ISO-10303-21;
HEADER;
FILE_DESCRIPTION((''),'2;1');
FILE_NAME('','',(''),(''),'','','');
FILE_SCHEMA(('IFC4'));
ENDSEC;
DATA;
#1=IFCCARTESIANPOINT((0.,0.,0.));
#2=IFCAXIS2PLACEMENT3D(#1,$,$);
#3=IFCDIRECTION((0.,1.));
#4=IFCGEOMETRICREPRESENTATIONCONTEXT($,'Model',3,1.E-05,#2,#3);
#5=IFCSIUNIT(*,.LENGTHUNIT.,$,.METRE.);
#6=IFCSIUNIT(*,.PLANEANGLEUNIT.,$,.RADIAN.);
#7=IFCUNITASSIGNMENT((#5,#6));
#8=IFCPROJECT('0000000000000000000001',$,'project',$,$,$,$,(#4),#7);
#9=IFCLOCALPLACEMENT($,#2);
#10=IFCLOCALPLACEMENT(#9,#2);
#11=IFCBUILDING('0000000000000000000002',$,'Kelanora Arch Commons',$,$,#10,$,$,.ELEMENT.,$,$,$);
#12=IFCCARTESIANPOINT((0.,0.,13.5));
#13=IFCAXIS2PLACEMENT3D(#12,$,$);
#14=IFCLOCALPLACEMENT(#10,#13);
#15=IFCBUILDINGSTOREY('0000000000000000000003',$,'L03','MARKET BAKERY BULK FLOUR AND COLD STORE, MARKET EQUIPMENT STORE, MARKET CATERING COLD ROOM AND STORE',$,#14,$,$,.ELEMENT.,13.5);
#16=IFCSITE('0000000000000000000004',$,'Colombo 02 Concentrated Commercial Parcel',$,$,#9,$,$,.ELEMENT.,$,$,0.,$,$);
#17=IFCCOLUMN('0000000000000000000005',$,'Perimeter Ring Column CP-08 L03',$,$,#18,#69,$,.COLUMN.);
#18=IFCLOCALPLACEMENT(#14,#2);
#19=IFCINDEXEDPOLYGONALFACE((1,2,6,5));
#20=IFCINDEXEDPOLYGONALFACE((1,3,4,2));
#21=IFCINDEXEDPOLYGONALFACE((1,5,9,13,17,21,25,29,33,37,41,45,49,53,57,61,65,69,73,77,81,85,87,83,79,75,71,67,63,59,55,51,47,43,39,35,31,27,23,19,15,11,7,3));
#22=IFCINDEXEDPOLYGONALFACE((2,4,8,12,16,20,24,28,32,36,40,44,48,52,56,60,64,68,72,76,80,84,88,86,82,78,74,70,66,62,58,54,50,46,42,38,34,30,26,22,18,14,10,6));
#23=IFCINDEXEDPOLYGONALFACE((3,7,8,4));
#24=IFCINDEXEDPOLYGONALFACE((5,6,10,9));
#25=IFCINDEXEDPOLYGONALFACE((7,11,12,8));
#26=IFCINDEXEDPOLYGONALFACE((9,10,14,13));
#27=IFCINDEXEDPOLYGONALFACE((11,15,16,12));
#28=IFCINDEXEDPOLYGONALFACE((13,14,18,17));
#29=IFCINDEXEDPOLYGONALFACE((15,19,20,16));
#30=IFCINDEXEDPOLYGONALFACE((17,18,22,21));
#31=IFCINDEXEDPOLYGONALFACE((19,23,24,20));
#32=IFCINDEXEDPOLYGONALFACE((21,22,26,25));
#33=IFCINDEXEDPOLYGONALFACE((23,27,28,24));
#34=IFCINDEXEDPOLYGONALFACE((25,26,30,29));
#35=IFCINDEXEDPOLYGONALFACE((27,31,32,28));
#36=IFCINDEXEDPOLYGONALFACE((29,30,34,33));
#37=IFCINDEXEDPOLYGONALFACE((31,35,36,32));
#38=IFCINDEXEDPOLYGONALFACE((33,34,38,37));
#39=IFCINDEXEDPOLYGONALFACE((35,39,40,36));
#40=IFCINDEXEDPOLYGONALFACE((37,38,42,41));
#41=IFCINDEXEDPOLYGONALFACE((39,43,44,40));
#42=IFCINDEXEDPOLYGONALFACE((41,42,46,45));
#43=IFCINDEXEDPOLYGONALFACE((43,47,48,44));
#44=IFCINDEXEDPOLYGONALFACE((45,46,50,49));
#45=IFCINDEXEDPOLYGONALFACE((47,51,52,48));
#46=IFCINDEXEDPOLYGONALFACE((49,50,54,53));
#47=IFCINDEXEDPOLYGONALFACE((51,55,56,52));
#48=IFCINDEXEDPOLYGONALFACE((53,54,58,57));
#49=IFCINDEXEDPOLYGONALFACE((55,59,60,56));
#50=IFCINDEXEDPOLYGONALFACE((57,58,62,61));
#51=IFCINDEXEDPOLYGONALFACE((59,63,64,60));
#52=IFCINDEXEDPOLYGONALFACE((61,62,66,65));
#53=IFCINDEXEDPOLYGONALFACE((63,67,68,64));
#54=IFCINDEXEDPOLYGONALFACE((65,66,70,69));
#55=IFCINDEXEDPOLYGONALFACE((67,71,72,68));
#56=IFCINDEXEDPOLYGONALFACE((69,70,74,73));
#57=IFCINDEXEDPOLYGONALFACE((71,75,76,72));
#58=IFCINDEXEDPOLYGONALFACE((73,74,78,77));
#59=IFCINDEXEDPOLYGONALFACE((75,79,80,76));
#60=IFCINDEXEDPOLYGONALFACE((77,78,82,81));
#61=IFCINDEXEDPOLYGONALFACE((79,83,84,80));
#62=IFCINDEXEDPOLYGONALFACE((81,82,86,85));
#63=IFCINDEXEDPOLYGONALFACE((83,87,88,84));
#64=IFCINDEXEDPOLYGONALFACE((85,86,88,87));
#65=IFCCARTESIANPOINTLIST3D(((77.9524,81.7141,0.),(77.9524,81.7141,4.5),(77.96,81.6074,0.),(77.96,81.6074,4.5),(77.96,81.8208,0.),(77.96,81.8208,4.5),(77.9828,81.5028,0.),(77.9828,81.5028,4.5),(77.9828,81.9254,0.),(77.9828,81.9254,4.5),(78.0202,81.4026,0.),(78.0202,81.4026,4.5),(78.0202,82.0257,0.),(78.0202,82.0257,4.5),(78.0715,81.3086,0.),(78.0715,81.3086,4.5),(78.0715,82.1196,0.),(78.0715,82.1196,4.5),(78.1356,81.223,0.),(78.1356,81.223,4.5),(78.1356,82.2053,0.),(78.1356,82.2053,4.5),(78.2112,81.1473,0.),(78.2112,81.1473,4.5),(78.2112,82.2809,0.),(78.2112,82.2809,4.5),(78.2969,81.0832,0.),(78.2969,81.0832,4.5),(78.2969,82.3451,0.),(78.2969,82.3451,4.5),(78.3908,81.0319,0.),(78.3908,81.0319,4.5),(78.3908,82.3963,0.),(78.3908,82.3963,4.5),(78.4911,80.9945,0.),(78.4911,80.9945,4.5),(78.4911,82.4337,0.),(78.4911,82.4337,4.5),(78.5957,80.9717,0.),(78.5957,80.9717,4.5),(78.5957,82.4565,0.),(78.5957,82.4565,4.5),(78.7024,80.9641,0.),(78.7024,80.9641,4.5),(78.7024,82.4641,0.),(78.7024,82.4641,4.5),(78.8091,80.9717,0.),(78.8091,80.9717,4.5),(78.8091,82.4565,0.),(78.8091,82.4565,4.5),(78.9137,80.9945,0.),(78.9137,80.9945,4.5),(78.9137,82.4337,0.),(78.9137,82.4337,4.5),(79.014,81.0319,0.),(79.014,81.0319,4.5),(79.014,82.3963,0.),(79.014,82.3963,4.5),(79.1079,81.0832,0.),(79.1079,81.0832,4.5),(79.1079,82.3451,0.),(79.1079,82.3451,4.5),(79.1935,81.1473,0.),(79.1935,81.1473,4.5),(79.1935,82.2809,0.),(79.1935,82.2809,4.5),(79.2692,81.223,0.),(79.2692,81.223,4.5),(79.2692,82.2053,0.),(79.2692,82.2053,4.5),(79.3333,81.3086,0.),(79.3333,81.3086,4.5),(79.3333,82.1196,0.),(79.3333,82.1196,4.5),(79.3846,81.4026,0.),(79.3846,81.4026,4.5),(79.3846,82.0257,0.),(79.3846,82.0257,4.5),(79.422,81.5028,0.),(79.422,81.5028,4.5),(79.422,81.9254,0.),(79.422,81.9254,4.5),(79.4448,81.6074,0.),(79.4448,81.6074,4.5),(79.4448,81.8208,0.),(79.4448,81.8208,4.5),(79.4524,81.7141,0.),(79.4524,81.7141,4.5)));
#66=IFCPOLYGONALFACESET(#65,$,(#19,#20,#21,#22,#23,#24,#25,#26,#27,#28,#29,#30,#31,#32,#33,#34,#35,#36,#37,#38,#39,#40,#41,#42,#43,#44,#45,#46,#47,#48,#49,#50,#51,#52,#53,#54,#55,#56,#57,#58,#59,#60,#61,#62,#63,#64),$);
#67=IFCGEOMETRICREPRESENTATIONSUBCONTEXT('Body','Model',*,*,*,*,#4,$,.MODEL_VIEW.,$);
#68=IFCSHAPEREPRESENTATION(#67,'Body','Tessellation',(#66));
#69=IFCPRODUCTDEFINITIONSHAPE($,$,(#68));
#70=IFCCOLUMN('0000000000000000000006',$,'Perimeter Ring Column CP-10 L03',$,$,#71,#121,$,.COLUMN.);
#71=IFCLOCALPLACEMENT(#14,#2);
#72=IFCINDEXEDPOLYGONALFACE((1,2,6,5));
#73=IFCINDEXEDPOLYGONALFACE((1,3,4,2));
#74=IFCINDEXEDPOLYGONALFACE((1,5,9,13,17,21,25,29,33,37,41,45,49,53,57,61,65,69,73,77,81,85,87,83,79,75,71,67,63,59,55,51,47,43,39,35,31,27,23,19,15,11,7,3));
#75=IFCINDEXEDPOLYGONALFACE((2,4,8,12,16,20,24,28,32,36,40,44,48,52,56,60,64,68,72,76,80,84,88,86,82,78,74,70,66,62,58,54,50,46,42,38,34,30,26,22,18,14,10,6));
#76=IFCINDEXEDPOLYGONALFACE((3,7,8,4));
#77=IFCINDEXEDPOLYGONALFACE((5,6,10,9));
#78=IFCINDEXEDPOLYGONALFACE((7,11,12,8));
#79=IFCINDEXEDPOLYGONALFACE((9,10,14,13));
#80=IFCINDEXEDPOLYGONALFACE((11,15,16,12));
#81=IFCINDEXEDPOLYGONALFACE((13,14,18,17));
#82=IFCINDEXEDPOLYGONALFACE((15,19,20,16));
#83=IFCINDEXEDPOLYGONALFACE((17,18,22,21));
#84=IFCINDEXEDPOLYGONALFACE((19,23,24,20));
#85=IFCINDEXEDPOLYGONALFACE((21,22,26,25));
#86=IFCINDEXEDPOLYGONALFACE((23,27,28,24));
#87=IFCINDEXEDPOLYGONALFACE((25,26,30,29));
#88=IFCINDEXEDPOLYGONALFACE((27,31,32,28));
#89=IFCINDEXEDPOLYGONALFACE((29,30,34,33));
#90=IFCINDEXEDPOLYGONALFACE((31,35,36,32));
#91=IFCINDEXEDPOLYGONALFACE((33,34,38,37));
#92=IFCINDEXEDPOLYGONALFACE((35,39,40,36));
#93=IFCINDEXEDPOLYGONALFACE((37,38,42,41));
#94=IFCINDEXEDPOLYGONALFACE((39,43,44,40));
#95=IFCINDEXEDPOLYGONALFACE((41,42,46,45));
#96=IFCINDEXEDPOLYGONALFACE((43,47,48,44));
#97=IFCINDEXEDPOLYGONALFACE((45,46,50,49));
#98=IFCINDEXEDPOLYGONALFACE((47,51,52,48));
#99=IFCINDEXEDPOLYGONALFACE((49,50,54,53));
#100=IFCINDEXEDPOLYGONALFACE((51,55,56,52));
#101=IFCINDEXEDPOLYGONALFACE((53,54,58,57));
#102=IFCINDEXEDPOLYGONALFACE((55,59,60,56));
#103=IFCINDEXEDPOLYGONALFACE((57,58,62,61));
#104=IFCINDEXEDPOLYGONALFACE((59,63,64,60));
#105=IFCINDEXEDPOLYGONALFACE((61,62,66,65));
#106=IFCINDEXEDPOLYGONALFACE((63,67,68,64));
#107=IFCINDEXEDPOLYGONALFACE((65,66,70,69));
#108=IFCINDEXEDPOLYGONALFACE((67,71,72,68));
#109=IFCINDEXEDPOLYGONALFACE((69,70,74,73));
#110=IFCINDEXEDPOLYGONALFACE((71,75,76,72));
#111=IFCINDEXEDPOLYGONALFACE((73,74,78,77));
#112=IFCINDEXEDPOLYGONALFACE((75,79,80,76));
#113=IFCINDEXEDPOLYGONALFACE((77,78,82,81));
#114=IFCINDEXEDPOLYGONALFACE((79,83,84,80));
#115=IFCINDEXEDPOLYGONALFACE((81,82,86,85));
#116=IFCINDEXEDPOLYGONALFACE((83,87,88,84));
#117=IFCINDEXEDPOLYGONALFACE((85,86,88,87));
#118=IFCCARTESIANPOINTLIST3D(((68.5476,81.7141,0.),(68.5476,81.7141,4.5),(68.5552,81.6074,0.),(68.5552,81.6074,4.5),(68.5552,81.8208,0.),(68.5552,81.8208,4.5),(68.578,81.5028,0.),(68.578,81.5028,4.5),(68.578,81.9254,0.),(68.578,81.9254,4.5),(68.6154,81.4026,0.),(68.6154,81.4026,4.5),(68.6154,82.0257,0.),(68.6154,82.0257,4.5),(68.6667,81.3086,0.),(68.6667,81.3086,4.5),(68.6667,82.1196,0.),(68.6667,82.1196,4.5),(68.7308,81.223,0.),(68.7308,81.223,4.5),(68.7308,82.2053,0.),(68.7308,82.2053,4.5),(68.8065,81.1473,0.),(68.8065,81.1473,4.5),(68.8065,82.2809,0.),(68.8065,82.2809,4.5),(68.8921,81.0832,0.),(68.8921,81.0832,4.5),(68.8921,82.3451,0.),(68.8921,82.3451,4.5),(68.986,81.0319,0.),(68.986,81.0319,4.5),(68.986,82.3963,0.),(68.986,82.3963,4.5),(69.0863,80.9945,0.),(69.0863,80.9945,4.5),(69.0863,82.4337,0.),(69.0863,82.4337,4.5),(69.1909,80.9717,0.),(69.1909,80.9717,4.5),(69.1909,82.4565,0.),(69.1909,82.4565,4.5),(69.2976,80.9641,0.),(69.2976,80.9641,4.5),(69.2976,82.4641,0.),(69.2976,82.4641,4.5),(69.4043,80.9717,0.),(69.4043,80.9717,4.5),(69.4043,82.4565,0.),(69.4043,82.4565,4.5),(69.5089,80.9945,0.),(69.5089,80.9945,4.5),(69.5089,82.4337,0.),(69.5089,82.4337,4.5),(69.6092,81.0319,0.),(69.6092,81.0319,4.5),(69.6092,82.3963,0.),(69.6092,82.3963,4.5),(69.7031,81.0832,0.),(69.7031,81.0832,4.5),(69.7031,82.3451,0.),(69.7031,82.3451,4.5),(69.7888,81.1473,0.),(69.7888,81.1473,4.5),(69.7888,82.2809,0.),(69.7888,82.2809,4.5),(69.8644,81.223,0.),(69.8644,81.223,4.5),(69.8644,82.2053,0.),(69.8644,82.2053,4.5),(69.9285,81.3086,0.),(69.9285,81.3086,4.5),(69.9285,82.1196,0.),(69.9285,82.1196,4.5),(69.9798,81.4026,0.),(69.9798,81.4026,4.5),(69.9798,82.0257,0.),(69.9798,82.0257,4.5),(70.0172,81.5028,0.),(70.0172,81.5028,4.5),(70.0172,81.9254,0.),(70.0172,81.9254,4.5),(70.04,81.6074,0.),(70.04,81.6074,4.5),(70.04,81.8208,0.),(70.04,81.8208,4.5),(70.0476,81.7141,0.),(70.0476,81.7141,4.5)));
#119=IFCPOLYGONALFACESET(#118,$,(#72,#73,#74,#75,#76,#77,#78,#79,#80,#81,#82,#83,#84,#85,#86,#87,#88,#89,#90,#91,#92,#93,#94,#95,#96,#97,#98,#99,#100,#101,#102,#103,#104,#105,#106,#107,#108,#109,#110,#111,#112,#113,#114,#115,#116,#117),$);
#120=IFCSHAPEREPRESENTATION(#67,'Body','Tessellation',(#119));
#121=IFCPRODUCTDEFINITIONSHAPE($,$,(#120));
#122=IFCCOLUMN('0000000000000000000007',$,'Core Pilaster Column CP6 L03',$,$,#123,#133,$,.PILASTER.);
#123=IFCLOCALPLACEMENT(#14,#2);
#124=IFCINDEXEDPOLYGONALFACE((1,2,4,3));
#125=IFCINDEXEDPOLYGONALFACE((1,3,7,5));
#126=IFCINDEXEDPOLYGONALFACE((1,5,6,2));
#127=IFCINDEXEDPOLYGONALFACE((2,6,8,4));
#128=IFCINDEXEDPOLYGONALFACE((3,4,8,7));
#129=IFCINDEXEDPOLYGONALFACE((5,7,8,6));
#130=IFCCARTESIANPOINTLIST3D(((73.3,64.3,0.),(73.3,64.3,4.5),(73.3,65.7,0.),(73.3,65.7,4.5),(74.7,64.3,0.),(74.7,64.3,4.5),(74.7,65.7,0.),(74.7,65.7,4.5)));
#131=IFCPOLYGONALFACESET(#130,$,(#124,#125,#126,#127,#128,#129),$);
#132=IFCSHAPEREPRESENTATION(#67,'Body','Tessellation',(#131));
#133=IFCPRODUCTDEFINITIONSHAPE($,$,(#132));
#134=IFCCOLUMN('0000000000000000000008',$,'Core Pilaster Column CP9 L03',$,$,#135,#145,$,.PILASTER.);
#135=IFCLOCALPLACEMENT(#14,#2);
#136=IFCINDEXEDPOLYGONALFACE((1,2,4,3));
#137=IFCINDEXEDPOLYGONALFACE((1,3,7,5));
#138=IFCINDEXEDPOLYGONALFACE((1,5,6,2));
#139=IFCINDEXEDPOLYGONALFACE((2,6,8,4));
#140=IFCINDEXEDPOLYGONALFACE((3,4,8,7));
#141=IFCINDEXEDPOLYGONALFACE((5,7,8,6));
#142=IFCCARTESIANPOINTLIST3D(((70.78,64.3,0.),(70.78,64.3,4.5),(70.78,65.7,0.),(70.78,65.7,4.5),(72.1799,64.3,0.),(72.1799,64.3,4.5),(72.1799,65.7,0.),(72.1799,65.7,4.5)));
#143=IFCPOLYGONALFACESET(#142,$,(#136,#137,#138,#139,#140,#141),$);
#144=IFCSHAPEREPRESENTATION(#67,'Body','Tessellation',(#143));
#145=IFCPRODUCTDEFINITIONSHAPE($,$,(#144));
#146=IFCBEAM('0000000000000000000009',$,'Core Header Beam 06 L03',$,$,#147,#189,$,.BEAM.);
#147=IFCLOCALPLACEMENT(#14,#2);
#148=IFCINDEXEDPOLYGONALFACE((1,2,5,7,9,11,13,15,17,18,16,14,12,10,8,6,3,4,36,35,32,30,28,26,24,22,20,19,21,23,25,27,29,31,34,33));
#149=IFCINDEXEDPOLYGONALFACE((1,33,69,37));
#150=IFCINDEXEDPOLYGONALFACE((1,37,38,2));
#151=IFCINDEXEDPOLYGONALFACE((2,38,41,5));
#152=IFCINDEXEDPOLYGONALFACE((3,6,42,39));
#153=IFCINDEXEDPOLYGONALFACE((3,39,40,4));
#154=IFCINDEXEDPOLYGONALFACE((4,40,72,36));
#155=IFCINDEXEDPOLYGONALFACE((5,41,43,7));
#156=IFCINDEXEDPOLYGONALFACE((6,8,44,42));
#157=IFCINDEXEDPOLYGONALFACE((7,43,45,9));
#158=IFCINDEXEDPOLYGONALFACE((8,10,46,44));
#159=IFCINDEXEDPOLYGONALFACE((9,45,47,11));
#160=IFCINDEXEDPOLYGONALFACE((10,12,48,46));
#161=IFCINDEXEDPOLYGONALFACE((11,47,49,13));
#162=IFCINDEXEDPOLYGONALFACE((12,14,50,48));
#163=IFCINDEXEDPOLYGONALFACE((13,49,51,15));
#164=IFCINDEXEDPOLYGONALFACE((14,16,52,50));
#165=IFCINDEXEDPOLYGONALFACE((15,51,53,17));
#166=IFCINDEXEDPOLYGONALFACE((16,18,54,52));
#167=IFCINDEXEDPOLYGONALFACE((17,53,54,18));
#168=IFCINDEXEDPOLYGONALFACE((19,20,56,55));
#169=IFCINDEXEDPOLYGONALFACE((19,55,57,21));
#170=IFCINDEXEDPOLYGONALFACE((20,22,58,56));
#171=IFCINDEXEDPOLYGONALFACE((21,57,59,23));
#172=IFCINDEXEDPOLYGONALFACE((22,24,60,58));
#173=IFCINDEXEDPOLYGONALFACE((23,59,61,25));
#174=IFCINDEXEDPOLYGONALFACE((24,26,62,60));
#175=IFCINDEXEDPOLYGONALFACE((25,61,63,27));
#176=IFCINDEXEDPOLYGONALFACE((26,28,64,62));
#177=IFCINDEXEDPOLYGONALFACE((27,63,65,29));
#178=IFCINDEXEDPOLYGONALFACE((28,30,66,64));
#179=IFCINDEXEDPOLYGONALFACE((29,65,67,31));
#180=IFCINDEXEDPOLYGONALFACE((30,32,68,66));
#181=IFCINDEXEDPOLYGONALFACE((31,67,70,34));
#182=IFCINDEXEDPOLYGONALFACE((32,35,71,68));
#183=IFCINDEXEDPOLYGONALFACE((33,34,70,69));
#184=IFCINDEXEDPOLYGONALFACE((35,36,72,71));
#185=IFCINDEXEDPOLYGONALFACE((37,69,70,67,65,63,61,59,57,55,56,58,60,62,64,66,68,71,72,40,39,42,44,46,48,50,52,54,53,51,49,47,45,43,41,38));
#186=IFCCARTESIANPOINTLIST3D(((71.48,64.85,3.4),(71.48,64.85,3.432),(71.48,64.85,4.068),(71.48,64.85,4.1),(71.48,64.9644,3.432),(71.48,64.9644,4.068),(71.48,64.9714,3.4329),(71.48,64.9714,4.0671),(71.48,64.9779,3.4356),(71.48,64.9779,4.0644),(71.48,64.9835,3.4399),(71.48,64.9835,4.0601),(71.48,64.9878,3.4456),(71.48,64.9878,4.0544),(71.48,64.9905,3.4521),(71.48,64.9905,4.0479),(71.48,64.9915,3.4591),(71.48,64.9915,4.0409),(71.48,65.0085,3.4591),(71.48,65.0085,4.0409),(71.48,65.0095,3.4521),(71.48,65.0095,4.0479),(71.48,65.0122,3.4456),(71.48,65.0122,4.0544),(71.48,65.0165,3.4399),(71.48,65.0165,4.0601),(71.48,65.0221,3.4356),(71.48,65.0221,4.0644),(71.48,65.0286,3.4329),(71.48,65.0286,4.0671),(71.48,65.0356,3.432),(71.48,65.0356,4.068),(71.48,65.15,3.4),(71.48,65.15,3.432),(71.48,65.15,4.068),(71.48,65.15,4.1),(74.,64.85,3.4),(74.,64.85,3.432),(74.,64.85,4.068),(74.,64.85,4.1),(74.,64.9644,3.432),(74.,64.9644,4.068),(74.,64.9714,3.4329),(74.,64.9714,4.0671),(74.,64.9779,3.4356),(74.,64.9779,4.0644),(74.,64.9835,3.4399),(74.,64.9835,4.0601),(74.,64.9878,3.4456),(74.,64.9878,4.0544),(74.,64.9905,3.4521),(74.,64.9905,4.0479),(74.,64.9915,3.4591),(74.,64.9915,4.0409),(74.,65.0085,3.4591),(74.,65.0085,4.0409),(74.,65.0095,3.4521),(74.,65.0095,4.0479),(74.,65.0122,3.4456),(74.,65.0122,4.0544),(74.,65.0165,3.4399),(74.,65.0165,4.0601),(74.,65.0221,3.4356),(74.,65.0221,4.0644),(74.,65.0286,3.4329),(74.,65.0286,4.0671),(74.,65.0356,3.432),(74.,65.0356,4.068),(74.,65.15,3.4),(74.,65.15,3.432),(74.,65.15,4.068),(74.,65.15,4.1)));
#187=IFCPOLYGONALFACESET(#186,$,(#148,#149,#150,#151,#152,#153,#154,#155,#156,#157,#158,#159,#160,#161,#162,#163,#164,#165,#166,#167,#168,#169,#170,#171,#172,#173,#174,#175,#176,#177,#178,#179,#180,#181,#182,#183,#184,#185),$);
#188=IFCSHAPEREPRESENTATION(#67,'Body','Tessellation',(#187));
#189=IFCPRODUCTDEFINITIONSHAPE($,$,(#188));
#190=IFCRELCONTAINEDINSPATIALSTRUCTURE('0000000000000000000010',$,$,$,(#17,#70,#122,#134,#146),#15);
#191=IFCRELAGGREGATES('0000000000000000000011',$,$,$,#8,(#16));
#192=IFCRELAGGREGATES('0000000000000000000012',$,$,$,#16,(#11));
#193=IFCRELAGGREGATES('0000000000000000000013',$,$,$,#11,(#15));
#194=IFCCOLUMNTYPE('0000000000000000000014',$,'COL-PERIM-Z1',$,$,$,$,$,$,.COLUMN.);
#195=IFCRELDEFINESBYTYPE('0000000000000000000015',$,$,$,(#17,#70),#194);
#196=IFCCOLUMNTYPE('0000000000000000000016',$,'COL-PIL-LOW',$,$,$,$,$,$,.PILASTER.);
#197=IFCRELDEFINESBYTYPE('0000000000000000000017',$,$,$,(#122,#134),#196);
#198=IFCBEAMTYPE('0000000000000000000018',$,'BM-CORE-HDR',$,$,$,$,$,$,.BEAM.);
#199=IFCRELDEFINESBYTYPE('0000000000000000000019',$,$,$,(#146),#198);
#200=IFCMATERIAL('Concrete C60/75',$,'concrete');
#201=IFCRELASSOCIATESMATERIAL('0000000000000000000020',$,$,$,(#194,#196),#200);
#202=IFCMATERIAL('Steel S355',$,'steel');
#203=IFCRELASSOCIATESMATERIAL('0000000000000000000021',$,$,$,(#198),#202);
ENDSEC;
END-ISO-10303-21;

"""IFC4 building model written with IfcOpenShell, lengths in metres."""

from ifc_helpers import new_model, si_unit, direction, frame, origin, origin_2d, place, context, subcontext, project, spatial, rectangle, circle, i_section, extrude, material, material_profile, profile_set, type_object, element, save


model = new_model("IFC4")

# Units and contexts
model_context = context("Model", 3, precision=1e-05, world=origin(), true_north=direction((0.0, 1.0)))
body_context = subcontext(model_context, "Body", "Model", "MODEL_VIEW")
ifc_project = project(units=[si_unit("LENGTHUNIT", "METRE"), si_unit("PLANEANGLEUNIT", "RADIAN")], contexts=[model_context])

# Site, building, storey
site_placement = place(None, origin())
site = spatial("IfcSite", under=ifc_project, at=site_placement, Name="Colombo 02 Concentrated Commercial Parcel", CompositionType="ELEMENT", RefElevation=0.0)
building_placement = place(site_placement, origin())
building = spatial("IfcBuilding", under=site, at=building_placement, Name="Kelanora Arch Commons", CompositionType="ELEMENT")
storey_placement = place(building_placement, frame((0.0, 0.0, 13.5)))
storey = spatial("IfcBuildingStorey", under=building, at=storey_placement, Name="L03", Description="MARKET BAKERY BULK FLOUR AND COLD STORE, MARKET EQUIPMENT STORE, MARKET CATERING COLD ROOM AND STORE", CompositionType="ELEMENT", Elevation=13.5)

# Columns
ifc_material_1 = material(Name="Concrete C60/75", Category="concrete")
ifc_material_profile_1 = material_profile(ifc_material_1, circle(Radius=0.75, at=origin_2d()), Name="RCC1500")
ifc_profile_set_1 = profile_set([ifc_material_profile_1], Name="Concrete C60/75")
column_type_1 = type_object("IfcColumnType", Name="COL-PERIM-Z1", PredefinedType="COLUMN", material=ifc_profile_set_1)
for number, where, z_axis, x_axis, name in (
    (1, (78.7024, 81.7141, 0.0), (0.0, 0.0, 1.0), (1.0, 0.0, 0.0), "Perimeter Ring Column CP-08 L03"),
    (2, (69.2976, 81.7141, 0.0), (0.0, 0.0, 1.0), (1.0, 0.0, 0.0), "Perimeter Ring Column CP-10 L03"),
):
    element("IfcColumn", number, at=place(storey_placement, frame(where, z_axis=z_axis, x_axis=x_axis)), inside=storey, type_object=column_type_1, Name=name, PredefinedType="COLUMN", context=body_context, shape_type="SweptSolid", body=[
        extrude(circle(Radius=0.75, at=origin_2d()), origin(), (0.0, 0.0, 1.0), 4.5),
    ])
ifc_material_profile_2 = material_profile(ifc_material_1, rectangle(XDim=1.3999, YDim=1.3999, at=origin_2d()), Name="RC1400x1400")
ifc_profile_set_2 = profile_set([ifc_material_profile_2], Name="Concrete C60/75")
column_type_2 = type_object("IfcColumnType", Name="COL-PIL-LOW", PredefinedType="PILASTER", material=ifc_profile_set_2)
for number, where, z_axis, x_axis, name in (
    (3, (74.0, 65.0, 0.0), (0.0, 0.0, 1.0), (1.0, 0.0, 0.0), "Core Pilaster Column CP6 L03"),
    (4, (71.48, 65.0, 0.0), (0.0, 0.0, 1.0), (1.0, 0.0, 0.0), "Core Pilaster Column CP9 L03"),
):
    element("IfcColumn", number, at=place(storey_placement, frame(where, z_axis=z_axis, x_axis=x_axis)), inside=storey, type_object=column_type_2, Name=name, PredefinedType="PILASTER", context=body_context, shape_type="SweptSolid", body=[
        extrude(rectangle(XDim=1.3999, YDim=1.3999, at=origin_2d()), origin(), (0.0, 0.0, 1.0), 4.5),
    ])

# Beam
ifc_material_2 = material(Name="Steel S355", Category="steel")
ifc_material_profile_3 = material_profile(ifc_material_2, i_section(OverallWidth=0.3, OverallDepth=0.7, WebThickness=0.0171, FlangeThickness=0.032, FilletRadius=0.0271, at=origin_2d()), Name="HEB700")
ifc_profile_set_3 = profile_set([ifc_material_profile_3], Name="Steel S355")
beam_type_1 = type_object("IfcBeamType", Name="BM-CORE-HDR", PredefinedType="BEAM", material=ifc_profile_set_3)
beam_1_placement = place(storey_placement, frame((74.0, 65.0, 3.75), z_axis=(-1.0, 0.0, 0.0), x_axis=(0.0, -1.0, 0.0)))
element("IfcBeam", 5, at=beam_1_placement, inside=storey, type_object=beam_type_1, Name="Core Header Beam 06 L03", PredefinedType="BEAM", context=body_context, shape_type="SweptSolid", body=[
    extrude(i_section(OverallWidth=0.3, OverallDepth=0.7, WebThickness=0.0171, FlangeThickness=0.032, FilletRadius=0.0271, at=origin_2d()), origin(), (0.0, 0.0, 1.0), 2.52),
])

save(model, "model.ifc")
